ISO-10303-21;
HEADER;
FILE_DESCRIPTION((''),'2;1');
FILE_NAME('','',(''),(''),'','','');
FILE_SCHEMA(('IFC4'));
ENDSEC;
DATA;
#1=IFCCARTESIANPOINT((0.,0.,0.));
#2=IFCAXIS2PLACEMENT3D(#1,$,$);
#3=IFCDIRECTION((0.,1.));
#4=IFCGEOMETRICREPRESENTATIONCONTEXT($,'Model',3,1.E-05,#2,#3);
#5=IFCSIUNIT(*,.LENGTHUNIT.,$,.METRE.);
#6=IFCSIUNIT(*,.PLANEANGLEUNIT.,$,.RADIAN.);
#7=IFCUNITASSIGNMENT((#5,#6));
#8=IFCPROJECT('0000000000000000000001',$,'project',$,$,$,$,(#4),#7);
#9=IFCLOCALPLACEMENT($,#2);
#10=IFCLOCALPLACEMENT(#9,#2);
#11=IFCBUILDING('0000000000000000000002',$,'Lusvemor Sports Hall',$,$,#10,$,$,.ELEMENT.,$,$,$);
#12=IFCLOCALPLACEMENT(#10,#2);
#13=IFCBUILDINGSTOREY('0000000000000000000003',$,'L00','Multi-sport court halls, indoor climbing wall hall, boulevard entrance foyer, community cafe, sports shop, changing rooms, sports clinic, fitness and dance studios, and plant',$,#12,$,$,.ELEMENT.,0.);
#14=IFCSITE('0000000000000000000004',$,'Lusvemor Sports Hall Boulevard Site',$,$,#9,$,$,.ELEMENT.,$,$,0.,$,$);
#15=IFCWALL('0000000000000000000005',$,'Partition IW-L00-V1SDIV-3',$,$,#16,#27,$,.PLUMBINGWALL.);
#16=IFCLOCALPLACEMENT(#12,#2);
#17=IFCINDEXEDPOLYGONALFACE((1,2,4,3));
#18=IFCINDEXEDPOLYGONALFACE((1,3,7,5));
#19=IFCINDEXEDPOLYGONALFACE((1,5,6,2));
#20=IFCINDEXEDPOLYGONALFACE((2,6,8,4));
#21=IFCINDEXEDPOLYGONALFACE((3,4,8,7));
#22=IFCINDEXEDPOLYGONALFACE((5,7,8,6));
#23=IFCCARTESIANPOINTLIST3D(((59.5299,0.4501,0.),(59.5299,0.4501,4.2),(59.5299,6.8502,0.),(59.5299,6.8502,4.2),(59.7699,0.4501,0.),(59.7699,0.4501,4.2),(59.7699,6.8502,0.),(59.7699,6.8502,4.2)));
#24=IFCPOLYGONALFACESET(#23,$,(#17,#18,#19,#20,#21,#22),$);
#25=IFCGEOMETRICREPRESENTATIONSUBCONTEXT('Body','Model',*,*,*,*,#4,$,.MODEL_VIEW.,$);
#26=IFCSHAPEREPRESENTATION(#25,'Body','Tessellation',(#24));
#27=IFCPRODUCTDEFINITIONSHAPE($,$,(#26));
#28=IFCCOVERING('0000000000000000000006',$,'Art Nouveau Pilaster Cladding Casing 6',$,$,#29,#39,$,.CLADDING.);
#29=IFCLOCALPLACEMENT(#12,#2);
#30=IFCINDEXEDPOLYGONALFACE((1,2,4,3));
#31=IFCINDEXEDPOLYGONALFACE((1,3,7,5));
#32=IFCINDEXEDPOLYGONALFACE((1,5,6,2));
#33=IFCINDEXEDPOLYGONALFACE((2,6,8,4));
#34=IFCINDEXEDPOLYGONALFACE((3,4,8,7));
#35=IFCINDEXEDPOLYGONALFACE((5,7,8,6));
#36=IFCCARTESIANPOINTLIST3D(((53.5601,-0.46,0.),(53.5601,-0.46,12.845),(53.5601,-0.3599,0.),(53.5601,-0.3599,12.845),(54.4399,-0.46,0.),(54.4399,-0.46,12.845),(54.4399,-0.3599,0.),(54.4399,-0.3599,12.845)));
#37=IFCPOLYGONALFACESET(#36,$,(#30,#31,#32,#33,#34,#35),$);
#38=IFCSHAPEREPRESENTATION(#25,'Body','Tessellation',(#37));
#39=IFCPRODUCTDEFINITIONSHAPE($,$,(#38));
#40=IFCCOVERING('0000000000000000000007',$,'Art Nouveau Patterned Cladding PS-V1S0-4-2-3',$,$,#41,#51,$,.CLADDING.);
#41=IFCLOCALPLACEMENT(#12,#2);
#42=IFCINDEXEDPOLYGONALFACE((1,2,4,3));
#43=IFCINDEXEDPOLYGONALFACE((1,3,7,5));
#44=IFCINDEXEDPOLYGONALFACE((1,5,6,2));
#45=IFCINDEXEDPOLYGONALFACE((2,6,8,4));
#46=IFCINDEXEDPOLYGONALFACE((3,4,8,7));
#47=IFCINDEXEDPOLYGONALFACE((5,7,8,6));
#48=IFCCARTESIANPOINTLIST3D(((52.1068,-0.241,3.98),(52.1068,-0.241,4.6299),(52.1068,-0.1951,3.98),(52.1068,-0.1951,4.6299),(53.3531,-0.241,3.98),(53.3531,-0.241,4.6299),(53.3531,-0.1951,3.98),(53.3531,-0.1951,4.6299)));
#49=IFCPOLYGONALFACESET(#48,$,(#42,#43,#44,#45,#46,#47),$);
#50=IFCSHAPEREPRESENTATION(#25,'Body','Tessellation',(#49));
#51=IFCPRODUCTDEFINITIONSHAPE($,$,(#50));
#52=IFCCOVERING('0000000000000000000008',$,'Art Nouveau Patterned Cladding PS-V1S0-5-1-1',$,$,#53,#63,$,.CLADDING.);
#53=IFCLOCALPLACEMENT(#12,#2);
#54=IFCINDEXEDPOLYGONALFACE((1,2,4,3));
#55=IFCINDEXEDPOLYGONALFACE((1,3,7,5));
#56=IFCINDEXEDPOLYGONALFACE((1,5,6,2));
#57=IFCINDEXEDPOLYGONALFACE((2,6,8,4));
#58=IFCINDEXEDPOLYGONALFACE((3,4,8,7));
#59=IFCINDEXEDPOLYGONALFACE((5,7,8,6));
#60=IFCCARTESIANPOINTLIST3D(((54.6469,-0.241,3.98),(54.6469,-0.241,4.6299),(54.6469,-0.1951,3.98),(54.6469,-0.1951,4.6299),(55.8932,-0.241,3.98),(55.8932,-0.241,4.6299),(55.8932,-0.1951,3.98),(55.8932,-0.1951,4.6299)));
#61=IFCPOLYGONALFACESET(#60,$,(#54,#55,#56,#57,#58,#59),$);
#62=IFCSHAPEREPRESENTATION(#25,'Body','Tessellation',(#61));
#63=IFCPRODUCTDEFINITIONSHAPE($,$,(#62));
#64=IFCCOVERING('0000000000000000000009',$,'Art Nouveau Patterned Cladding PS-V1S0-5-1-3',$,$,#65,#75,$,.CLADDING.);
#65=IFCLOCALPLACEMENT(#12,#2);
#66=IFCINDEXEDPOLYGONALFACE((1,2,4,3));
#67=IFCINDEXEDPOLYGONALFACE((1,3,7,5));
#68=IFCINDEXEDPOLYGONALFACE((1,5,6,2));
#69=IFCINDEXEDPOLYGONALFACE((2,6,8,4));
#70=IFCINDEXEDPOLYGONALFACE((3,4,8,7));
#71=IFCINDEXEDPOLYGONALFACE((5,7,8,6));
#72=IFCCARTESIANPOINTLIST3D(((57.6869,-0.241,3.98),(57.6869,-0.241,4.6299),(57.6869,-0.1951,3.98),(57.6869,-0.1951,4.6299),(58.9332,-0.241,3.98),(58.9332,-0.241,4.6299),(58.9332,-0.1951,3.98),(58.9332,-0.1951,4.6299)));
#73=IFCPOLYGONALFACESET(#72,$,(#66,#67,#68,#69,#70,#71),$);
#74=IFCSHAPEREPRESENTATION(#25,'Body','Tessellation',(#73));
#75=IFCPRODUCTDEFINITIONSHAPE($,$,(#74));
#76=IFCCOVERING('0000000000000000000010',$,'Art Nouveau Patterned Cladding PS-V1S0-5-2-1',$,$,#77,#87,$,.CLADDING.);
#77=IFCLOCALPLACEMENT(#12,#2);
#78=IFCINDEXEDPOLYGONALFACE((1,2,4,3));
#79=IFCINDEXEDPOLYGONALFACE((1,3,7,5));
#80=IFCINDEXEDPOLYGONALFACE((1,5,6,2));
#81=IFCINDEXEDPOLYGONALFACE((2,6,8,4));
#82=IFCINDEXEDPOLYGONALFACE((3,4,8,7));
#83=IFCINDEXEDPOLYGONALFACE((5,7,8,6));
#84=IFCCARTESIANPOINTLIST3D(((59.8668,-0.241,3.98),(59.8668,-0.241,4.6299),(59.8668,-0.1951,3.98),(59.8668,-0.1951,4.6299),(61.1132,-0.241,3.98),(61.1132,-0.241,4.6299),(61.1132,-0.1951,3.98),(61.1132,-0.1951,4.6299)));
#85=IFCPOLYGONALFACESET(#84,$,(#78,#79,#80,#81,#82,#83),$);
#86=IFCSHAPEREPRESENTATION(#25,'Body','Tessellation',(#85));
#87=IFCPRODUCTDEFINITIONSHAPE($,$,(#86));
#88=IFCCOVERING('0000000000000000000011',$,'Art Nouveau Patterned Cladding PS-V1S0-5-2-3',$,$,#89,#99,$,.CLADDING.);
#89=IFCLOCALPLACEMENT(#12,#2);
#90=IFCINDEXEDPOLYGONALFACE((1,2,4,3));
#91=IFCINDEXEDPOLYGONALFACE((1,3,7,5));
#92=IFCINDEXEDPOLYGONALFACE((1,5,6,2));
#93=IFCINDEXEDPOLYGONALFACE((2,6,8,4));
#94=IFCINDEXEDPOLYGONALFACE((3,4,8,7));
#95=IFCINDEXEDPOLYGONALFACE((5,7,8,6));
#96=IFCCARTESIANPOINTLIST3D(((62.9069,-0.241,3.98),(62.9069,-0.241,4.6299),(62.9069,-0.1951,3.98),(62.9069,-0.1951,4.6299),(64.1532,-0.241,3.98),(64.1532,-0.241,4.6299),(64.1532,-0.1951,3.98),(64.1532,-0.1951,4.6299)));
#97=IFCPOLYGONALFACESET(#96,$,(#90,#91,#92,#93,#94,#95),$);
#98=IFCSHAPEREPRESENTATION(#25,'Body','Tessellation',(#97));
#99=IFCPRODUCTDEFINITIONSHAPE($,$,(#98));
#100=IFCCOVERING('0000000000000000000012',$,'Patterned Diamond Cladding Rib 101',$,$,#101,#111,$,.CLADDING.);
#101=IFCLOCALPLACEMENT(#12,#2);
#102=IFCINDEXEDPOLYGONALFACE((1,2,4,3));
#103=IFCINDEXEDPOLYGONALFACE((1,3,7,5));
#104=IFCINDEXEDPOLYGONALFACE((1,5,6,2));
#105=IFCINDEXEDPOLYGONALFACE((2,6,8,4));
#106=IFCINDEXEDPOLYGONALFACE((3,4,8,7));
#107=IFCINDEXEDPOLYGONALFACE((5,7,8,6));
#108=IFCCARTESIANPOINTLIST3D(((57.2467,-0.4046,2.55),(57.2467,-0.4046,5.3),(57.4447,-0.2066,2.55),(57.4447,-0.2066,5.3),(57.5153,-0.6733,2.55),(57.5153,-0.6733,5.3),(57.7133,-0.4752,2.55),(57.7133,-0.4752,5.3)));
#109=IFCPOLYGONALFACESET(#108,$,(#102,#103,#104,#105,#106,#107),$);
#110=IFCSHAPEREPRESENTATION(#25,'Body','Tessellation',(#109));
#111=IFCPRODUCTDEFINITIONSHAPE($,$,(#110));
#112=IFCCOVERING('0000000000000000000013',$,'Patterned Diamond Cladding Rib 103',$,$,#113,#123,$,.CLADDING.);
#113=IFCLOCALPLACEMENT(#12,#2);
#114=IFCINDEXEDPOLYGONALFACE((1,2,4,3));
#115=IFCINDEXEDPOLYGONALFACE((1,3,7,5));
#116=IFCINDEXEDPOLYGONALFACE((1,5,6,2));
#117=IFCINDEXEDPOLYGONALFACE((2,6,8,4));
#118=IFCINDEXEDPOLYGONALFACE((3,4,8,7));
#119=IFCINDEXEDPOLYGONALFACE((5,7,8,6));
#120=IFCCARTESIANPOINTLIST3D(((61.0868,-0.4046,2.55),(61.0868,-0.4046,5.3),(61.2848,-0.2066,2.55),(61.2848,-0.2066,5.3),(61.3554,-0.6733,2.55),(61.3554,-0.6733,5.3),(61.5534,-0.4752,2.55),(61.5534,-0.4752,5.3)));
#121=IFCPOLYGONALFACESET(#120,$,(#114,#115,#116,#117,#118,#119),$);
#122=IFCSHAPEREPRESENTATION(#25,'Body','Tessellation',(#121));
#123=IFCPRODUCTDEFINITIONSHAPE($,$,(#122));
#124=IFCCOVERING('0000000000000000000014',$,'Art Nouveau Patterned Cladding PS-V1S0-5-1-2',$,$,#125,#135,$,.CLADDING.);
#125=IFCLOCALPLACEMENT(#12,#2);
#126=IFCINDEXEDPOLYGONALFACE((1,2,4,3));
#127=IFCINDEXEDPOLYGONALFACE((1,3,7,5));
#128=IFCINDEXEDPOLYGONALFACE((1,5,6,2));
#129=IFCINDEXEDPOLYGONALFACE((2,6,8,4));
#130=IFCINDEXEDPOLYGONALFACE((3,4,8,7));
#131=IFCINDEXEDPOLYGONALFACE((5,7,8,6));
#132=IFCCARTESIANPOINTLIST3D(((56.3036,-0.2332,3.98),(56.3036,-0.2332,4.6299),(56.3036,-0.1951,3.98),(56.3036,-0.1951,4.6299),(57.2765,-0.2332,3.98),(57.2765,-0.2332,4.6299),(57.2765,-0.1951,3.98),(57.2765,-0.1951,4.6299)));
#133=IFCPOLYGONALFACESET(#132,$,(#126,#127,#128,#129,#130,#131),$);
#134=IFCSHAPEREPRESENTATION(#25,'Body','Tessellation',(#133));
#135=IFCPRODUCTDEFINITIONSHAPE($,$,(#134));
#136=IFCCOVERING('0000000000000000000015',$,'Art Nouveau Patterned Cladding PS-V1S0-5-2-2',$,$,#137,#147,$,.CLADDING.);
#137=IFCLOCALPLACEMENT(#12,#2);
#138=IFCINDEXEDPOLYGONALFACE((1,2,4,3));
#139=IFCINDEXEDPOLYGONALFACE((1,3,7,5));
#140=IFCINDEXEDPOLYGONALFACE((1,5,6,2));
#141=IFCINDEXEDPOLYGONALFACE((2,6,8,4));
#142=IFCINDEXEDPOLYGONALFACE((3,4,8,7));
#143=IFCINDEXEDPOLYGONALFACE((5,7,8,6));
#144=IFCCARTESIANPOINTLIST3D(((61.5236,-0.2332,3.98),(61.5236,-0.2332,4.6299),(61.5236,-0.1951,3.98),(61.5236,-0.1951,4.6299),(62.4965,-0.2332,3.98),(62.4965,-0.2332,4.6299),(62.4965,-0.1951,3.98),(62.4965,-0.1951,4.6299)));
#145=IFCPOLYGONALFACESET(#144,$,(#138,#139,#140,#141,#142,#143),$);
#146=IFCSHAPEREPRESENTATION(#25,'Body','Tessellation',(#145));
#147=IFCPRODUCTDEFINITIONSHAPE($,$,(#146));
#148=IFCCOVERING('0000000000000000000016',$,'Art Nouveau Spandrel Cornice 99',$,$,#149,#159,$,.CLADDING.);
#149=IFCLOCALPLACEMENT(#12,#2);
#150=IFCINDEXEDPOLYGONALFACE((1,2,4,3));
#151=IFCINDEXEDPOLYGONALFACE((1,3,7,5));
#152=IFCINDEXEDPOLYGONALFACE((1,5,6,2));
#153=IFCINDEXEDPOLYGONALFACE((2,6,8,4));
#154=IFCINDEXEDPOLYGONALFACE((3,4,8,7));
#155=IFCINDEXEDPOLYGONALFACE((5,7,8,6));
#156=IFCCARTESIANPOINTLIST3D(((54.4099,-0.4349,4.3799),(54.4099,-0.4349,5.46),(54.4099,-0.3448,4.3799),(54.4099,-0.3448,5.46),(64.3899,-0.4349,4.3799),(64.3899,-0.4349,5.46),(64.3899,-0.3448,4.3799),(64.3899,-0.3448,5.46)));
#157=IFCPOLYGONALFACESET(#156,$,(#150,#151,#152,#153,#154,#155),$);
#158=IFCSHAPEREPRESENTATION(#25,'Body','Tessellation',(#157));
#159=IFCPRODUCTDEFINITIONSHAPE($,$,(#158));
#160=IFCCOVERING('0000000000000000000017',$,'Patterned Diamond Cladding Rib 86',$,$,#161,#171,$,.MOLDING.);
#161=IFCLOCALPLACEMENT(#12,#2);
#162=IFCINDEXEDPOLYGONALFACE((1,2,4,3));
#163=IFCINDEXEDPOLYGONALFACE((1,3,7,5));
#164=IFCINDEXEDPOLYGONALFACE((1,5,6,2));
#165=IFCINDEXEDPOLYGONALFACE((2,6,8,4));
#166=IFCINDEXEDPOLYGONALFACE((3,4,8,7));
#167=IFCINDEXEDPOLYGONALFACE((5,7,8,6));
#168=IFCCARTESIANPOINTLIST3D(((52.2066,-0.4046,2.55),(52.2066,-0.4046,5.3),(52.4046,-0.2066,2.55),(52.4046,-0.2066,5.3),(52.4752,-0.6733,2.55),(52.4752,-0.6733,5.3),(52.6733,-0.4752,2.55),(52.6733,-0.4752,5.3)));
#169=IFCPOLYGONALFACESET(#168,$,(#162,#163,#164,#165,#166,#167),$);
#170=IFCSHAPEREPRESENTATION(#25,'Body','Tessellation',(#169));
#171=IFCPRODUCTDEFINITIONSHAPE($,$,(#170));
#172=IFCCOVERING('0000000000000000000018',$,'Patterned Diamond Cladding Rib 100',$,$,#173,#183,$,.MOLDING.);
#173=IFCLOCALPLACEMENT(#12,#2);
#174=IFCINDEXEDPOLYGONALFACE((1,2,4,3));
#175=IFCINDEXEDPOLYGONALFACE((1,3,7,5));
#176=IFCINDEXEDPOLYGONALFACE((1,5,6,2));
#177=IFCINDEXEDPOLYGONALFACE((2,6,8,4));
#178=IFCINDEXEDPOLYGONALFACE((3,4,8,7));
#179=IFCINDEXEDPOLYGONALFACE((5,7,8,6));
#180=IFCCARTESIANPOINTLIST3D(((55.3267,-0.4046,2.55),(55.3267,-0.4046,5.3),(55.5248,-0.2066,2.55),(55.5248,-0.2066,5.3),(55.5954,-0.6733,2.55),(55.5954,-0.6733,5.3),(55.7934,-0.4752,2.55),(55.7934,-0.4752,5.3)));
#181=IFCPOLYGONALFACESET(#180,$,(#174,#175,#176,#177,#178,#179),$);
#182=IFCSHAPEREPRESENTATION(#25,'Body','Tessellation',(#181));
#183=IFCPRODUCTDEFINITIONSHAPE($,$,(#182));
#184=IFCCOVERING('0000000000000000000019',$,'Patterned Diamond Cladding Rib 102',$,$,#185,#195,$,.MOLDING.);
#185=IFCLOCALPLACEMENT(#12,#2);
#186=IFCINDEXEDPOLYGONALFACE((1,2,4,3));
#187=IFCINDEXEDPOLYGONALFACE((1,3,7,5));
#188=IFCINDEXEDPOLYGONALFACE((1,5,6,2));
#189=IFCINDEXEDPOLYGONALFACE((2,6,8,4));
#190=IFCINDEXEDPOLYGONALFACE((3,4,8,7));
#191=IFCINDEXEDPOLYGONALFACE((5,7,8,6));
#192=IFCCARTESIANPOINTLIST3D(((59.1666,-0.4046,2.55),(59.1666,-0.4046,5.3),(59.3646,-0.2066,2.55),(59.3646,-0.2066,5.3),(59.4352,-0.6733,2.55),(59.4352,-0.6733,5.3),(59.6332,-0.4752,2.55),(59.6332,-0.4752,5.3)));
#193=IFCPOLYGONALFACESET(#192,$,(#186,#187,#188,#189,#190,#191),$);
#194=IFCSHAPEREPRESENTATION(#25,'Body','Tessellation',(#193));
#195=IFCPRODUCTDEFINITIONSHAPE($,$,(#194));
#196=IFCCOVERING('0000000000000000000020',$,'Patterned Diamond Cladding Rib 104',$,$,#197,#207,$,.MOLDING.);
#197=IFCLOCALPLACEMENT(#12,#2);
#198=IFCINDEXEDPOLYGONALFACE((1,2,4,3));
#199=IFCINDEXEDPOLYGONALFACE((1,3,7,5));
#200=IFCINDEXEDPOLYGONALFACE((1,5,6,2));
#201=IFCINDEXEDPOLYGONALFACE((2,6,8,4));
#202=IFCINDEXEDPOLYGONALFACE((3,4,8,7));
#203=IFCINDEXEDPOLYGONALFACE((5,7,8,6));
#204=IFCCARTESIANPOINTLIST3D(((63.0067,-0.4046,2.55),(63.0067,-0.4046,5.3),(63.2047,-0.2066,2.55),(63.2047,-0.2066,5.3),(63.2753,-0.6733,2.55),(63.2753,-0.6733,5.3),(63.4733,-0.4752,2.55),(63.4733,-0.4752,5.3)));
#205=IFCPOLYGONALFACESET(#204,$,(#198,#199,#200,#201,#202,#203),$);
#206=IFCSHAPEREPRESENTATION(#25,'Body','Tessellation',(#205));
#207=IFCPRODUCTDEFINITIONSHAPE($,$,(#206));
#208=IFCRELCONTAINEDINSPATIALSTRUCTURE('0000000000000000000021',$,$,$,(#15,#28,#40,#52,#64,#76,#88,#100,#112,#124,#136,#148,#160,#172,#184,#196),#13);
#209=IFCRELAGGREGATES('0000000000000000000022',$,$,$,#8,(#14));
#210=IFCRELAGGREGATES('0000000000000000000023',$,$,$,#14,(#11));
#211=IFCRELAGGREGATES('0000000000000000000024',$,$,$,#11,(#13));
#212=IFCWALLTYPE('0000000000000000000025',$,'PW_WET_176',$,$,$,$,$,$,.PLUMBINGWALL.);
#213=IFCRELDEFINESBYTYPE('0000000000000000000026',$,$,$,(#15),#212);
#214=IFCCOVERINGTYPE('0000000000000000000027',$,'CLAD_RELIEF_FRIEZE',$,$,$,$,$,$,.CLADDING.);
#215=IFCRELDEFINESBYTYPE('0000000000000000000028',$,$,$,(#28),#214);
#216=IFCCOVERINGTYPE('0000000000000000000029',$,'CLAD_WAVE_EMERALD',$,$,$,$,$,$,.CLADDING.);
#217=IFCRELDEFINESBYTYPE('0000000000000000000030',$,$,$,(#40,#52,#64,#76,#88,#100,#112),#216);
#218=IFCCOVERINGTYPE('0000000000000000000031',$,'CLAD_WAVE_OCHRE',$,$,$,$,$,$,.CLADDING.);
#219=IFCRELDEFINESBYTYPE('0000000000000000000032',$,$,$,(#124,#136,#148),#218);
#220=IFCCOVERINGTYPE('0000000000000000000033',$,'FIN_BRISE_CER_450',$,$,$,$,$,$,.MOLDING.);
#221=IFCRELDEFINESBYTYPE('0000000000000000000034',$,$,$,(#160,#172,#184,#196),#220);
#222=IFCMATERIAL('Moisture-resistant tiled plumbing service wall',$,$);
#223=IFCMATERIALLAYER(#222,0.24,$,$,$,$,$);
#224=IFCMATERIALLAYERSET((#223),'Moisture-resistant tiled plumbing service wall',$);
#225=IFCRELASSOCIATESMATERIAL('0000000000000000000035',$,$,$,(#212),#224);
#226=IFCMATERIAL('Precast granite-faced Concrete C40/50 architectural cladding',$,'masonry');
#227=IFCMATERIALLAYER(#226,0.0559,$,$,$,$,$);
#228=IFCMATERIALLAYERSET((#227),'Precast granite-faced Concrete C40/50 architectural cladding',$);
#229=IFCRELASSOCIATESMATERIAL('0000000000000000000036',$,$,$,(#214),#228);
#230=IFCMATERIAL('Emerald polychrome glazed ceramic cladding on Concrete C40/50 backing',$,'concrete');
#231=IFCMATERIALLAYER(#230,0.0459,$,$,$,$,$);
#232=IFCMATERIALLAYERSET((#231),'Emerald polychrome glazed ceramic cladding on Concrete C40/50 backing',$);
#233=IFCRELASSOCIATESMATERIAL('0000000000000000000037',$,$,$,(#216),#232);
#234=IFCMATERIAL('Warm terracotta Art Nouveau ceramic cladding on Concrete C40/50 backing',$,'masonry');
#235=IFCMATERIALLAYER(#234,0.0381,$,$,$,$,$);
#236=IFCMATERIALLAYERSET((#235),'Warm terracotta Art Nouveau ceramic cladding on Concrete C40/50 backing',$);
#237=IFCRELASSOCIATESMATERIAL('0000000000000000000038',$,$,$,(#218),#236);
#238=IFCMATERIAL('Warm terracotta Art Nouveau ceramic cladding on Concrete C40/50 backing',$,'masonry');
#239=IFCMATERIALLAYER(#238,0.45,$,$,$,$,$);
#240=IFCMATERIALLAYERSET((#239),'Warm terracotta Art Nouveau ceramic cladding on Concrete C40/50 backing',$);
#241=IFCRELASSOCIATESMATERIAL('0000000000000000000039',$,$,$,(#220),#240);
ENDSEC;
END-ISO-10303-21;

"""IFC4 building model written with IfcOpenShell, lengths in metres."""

from ifc_helpers import new_model, si_unit, direction, frame, frame_2d, origin, origin_2d, place, context, subcontext, project, spatial, rectangle, extrude, material, layer, layer_set, type_object, element, save


model = new_model("IFC4")

# Units and contexts
model_context = context("Model", 3, precision=1e-05, world=origin(), true_north=direction((0.0, 1.0)))
body_context = subcontext(model_context, "Body", "Model", "MODEL_VIEW")
ifc_project = project(units=[si_unit("LENGTHUNIT", "METRE"), si_unit("PLANEANGLEUNIT", "RADIAN")], contexts=[model_context])

# Site, building, storey
site_placement = place(None, origin())
site = spatial("IfcSite", under=ifc_project, at=site_placement, Name="Lusvemor Sports Hall Boulevard Site", CompositionType="ELEMENT", RefElevation=0.0)
building_placement = place(site_placement, origin())
building = spatial("IfcBuilding", under=site, at=building_placement, Name="Lusvemor Sports Hall", CompositionType="ELEMENT")
storey_placement = place(building_placement, origin())
storey = spatial("IfcBuildingStorey", under=building, at=storey_placement, Name="L00", Description="Multi-sport court halls, indoor climbing wall hall, boulevard entrance foyer, community cafe, sports shop, changing rooms, sports clinic, fitness and dance studios, and plant", CompositionType="ELEMENT", Elevation=0.0)

# Wall
ifc_material_1 = material(Name="Moisture-resistant tiled plumbing service wall")
ifc_layer_1 = layer(ifc_material_1, 0.24)
ifc_layer_set_1 = layer_set([ifc_layer_1], Name="Moisture-resistant tiled plumbing service wall")
wall_type_1 = type_object("IfcWallType", Name="PW_WET_176", PredefinedType="PLUMBINGWALL", material=ifc_layer_set_1)
wall_1_placement = place(storey_placement, frame((59.6499, 0.45, 0.0), z_axis=(0.0, 0.0, 1.0), x_axis=(0.0, 1.0, 0.0)))
element("IfcWall", 1, at=wall_1_placement, inside=storey, type_object=wall_type_1, Name="Partition IW-L00-V1SDIV-3", PredefinedType="PLUMBINGWALL", context=body_context, shape_type="SweptSolid", body=[
    extrude(rectangle(XDim=6.4001, YDim=0.24, at=frame_2d((3.2002, 0.0))), origin(), (0.0, 0.0, 1.0), 4.2),
])

# Coverings
ifc_material_2 = material(Name="Precast granite-faced Concrete C40/50 architectural cladding", Category="masonry")
ifc_layer_2 = layer(ifc_material_2, 0.0559)
ifc_layer_set_2 = layer_set([ifc_layer_2], Name="Precast granite-faced Concrete C40/50 architectural cladding")
covering_type_1 = type_object("IfcCoveringType", Name="CLAD_RELIEF_FRIEZE", PredefinedType="CLADDING", material=ifc_layer_set_2)
covering_1_placement = place(storey_placement, frame((54.0, -0.4099, 0.0), z_axis=(0.0, 0.0, 1.0), x_axis=(1.0, 0.0, 0.0)))
element("IfcCovering", 2, at=covering_1_placement, inside=storey, type_object=covering_type_1, Name="Art Nouveau Pilaster Cladding Casing 6", PredefinedType="CLADDING", context=body_context, shape_type="SweptSolid", body=[
    extrude(rectangle(XDim=0.8799, YDim=0.1001, at=origin_2d()), origin(), (0.0, 0.0, 1.0), 12.845),
])
ifc_material_3 = material(Name="Emerald polychrome glazed ceramic cladding on Concrete C40/50 backing", Category="concrete")
ifc_layer_3 = layer(ifc_material_3, 0.0459)
ifc_layer_set_3 = layer_set([ifc_layer_3], Name="Emerald polychrome glazed ceramic cladding on Concrete C40/50 backing")
covering_type_2 = type_object("IfcCoveringType", Name="CLAD_WAVE_EMERALD", PredefinedType="CLADDING", material=ifc_layer_set_3)
for number, where, z_axis, x_axis, name in (
    (3, (52.73, -0.218, 3.98), (0.0, 0.0, 1.0), (1.0, 0.0, 0.0), "Art Nouveau Patterned Cladding PS-V1S0-4-2-3"),
    (4, (55.27, -0.218, 3.98), (0.0, 0.0, 1.0), (1.0, 0.0, 0.0), "Art Nouveau Patterned Cladding PS-V1S0-5-1-1"),
    (5, (58.3101, -0.218, 3.98), (0.0, 0.0, 1.0), (1.0, 0.0, 0.0), "Art Nouveau Patterned Cladding PS-V1S0-5-1-3"),
    (6, (60.49, -0.218, 3.98), (0.0, 0.0, 1.0), (1.0, 0.0, 0.0), "Art Nouveau Patterned Cladding PS-V1S0-5-2-1"),
    (7, (63.53, -0.218, 3.98), (0.0, 0.0, 1.0), (1.0, 0.0, 0.0), "Art Nouveau Patterned Cladding PS-V1S0-5-2-3"),
):
    element("IfcCovering", number, at=place(storey_placement, frame(where, z_axis=z_axis, x_axis=x_axis)), inside=storey, type_object=covering_type_2, Name=name, PredefinedType="CLADDING", context=body_context, shape_type="SweptSolid", body=[
        extrude(rectangle(XDim=1.2463, YDim=0.0459, at=origin_2d()), origin(), (0.0, 0.0, 1.0), 0.6499),
    ])
for number, where, z_axis, x_axis, name in (
    (8, (57.48, -0.4399, 2.55), (0.0, 0.0, 1.0), (0.707107, 0.707107, 0.0), "Patterned Diamond Cladding Rib 101"),
    (9, (61.3201, -0.4399, 2.55), (0.0, 0.0, 1.0), (0.707107, 0.707107, 0.0), "Patterned Diamond Cladding Rib 103"),
):
    element("IfcCovering", number, at=place(storey_placement, frame(where, z_axis=z_axis, x_axis=x_axis)), inside=storey, type_object=covering_type_2, Name=name, PredefinedType="CLADDING", context=body_context, shape_type="SweptSolid", body=[
        extrude(rectangle(XDim=0.28, YDim=0.3799, at=origin_2d()), origin(), (0.0, 0.0, 1.0), 2.75),
    ])
ifc_material_4 = material(Name="Warm terracotta Art Nouveau ceramic cladding on Concrete C40/50 backing", Category="masonry")
ifc_layer_4 = layer(ifc_material_4, 0.0381)
ifc_layer_set_4 = layer_set([ifc_layer_4], Name="Warm terracotta Art Nouveau ceramic cladding on Concrete C40/50 backing")
covering_type_3 = type_object("IfcCoveringType", Name="CLAD_WAVE_OCHRE", PredefinedType="CLADDING", material=ifc_layer_set_4)
for number, where, z_axis, x_axis, name in (
    (10, (56.79, -0.2141, 3.98), (0.0, 0.0, 1.0), (1.0, 0.0, 0.0), "Art Nouveau Patterned Cladding PS-V1S0-5-1-2"),
    (11, (62.01, -0.2141, 3.98), (0.0, 0.0, 1.0), (1.0, 0.0, 0.0), "Art Nouveau Patterned Cladding PS-V1S0-5-2-2"),
):
    element("IfcCovering", number, at=place(storey_placement, frame(where, z_axis=z_axis, x_axis=x_axis)), inside=storey, type_object=covering_type_3, Name=name, PredefinedType="CLADDING", context=body_context, shape_type="SweptSolid", body=[
        extrude(rectangle(XDim=0.9729, YDim=0.0381, at=origin_2d()), origin(), (0.0, 0.0, 1.0), 0.6499),
    ])
covering_2_placement = place(storey_placement, frame((59.3999, -0.3899, 4.3799), z_axis=(0.0, 0.0, 1.0), x_axis=(1.0, 0.0, 0.0)))
element("IfcCovering", 12, at=covering_2_placement, inside=storey, type_object=covering_type_3, Name="Art Nouveau Spandrel Cornice 99", PredefinedType="CLADDING", context=body_context, shape_type="SweptSolid", body=[
    extrude(rectangle(XDim=9.98, YDim=0.0901, at=origin_2d()), origin(), (0.0, 0.0, 1.0), 1.0801),
])
ifc_material_5 = material(Name="Warm terracotta Art Nouveau ceramic cladding on Concrete C40/50 backing", Category="masonry")
ifc_layer_5 = layer(ifc_material_5, 0.45)
ifc_layer_set_5 = layer_set([ifc_layer_5], Name="Warm terracotta Art Nouveau ceramic cladding on Concrete C40/50 backing")
covering_type_4 = type_object("IfcCoveringType", Name="FIN_BRISE_CER_450", PredefinedType="MOLDING", material=ifc_layer_set_5)
for number, where, z_axis, x_axis, name in (
    (13, (52.4399, -0.4399, 2.55), (0.0, 0.0, 1.0), (0.707107, 0.707107, 0.0), "Patterned Diamond Cladding Rib 86"),
    (14, (55.5601, -0.4399, 2.55), (0.0, 0.0, 1.0), (0.707107, 0.707107, 0.0), "Patterned Diamond Cladding Rib 100"),
    (15, (59.3999, -0.4399, 2.55), (0.0, 0.0, 1.0), (0.707107, 0.707107, 0.0), "Patterned Diamond Cladding Rib 102"),
    (16, (63.24, -0.4399, 2.55), (0.0, 0.0, 1.0), (0.707107, 0.707107, 0.0), "Patterned Diamond Cladding Rib 104"),
):
    element("IfcCovering", number, at=place(storey_placement, frame(where, z_axis=z_axis, x_axis=x_axis)), inside=storey, type_object=covering_type_4, Name=name, PredefinedType="MOLDING", context=body_context, shape_type="SweptSolid", body=[
        extrude(rectangle(XDim=0.28, YDim=0.3799, at=origin_2d()), origin(), (0.0, 0.0, 1.0), 2.75),
    ])

save(model, "model.ifc")
